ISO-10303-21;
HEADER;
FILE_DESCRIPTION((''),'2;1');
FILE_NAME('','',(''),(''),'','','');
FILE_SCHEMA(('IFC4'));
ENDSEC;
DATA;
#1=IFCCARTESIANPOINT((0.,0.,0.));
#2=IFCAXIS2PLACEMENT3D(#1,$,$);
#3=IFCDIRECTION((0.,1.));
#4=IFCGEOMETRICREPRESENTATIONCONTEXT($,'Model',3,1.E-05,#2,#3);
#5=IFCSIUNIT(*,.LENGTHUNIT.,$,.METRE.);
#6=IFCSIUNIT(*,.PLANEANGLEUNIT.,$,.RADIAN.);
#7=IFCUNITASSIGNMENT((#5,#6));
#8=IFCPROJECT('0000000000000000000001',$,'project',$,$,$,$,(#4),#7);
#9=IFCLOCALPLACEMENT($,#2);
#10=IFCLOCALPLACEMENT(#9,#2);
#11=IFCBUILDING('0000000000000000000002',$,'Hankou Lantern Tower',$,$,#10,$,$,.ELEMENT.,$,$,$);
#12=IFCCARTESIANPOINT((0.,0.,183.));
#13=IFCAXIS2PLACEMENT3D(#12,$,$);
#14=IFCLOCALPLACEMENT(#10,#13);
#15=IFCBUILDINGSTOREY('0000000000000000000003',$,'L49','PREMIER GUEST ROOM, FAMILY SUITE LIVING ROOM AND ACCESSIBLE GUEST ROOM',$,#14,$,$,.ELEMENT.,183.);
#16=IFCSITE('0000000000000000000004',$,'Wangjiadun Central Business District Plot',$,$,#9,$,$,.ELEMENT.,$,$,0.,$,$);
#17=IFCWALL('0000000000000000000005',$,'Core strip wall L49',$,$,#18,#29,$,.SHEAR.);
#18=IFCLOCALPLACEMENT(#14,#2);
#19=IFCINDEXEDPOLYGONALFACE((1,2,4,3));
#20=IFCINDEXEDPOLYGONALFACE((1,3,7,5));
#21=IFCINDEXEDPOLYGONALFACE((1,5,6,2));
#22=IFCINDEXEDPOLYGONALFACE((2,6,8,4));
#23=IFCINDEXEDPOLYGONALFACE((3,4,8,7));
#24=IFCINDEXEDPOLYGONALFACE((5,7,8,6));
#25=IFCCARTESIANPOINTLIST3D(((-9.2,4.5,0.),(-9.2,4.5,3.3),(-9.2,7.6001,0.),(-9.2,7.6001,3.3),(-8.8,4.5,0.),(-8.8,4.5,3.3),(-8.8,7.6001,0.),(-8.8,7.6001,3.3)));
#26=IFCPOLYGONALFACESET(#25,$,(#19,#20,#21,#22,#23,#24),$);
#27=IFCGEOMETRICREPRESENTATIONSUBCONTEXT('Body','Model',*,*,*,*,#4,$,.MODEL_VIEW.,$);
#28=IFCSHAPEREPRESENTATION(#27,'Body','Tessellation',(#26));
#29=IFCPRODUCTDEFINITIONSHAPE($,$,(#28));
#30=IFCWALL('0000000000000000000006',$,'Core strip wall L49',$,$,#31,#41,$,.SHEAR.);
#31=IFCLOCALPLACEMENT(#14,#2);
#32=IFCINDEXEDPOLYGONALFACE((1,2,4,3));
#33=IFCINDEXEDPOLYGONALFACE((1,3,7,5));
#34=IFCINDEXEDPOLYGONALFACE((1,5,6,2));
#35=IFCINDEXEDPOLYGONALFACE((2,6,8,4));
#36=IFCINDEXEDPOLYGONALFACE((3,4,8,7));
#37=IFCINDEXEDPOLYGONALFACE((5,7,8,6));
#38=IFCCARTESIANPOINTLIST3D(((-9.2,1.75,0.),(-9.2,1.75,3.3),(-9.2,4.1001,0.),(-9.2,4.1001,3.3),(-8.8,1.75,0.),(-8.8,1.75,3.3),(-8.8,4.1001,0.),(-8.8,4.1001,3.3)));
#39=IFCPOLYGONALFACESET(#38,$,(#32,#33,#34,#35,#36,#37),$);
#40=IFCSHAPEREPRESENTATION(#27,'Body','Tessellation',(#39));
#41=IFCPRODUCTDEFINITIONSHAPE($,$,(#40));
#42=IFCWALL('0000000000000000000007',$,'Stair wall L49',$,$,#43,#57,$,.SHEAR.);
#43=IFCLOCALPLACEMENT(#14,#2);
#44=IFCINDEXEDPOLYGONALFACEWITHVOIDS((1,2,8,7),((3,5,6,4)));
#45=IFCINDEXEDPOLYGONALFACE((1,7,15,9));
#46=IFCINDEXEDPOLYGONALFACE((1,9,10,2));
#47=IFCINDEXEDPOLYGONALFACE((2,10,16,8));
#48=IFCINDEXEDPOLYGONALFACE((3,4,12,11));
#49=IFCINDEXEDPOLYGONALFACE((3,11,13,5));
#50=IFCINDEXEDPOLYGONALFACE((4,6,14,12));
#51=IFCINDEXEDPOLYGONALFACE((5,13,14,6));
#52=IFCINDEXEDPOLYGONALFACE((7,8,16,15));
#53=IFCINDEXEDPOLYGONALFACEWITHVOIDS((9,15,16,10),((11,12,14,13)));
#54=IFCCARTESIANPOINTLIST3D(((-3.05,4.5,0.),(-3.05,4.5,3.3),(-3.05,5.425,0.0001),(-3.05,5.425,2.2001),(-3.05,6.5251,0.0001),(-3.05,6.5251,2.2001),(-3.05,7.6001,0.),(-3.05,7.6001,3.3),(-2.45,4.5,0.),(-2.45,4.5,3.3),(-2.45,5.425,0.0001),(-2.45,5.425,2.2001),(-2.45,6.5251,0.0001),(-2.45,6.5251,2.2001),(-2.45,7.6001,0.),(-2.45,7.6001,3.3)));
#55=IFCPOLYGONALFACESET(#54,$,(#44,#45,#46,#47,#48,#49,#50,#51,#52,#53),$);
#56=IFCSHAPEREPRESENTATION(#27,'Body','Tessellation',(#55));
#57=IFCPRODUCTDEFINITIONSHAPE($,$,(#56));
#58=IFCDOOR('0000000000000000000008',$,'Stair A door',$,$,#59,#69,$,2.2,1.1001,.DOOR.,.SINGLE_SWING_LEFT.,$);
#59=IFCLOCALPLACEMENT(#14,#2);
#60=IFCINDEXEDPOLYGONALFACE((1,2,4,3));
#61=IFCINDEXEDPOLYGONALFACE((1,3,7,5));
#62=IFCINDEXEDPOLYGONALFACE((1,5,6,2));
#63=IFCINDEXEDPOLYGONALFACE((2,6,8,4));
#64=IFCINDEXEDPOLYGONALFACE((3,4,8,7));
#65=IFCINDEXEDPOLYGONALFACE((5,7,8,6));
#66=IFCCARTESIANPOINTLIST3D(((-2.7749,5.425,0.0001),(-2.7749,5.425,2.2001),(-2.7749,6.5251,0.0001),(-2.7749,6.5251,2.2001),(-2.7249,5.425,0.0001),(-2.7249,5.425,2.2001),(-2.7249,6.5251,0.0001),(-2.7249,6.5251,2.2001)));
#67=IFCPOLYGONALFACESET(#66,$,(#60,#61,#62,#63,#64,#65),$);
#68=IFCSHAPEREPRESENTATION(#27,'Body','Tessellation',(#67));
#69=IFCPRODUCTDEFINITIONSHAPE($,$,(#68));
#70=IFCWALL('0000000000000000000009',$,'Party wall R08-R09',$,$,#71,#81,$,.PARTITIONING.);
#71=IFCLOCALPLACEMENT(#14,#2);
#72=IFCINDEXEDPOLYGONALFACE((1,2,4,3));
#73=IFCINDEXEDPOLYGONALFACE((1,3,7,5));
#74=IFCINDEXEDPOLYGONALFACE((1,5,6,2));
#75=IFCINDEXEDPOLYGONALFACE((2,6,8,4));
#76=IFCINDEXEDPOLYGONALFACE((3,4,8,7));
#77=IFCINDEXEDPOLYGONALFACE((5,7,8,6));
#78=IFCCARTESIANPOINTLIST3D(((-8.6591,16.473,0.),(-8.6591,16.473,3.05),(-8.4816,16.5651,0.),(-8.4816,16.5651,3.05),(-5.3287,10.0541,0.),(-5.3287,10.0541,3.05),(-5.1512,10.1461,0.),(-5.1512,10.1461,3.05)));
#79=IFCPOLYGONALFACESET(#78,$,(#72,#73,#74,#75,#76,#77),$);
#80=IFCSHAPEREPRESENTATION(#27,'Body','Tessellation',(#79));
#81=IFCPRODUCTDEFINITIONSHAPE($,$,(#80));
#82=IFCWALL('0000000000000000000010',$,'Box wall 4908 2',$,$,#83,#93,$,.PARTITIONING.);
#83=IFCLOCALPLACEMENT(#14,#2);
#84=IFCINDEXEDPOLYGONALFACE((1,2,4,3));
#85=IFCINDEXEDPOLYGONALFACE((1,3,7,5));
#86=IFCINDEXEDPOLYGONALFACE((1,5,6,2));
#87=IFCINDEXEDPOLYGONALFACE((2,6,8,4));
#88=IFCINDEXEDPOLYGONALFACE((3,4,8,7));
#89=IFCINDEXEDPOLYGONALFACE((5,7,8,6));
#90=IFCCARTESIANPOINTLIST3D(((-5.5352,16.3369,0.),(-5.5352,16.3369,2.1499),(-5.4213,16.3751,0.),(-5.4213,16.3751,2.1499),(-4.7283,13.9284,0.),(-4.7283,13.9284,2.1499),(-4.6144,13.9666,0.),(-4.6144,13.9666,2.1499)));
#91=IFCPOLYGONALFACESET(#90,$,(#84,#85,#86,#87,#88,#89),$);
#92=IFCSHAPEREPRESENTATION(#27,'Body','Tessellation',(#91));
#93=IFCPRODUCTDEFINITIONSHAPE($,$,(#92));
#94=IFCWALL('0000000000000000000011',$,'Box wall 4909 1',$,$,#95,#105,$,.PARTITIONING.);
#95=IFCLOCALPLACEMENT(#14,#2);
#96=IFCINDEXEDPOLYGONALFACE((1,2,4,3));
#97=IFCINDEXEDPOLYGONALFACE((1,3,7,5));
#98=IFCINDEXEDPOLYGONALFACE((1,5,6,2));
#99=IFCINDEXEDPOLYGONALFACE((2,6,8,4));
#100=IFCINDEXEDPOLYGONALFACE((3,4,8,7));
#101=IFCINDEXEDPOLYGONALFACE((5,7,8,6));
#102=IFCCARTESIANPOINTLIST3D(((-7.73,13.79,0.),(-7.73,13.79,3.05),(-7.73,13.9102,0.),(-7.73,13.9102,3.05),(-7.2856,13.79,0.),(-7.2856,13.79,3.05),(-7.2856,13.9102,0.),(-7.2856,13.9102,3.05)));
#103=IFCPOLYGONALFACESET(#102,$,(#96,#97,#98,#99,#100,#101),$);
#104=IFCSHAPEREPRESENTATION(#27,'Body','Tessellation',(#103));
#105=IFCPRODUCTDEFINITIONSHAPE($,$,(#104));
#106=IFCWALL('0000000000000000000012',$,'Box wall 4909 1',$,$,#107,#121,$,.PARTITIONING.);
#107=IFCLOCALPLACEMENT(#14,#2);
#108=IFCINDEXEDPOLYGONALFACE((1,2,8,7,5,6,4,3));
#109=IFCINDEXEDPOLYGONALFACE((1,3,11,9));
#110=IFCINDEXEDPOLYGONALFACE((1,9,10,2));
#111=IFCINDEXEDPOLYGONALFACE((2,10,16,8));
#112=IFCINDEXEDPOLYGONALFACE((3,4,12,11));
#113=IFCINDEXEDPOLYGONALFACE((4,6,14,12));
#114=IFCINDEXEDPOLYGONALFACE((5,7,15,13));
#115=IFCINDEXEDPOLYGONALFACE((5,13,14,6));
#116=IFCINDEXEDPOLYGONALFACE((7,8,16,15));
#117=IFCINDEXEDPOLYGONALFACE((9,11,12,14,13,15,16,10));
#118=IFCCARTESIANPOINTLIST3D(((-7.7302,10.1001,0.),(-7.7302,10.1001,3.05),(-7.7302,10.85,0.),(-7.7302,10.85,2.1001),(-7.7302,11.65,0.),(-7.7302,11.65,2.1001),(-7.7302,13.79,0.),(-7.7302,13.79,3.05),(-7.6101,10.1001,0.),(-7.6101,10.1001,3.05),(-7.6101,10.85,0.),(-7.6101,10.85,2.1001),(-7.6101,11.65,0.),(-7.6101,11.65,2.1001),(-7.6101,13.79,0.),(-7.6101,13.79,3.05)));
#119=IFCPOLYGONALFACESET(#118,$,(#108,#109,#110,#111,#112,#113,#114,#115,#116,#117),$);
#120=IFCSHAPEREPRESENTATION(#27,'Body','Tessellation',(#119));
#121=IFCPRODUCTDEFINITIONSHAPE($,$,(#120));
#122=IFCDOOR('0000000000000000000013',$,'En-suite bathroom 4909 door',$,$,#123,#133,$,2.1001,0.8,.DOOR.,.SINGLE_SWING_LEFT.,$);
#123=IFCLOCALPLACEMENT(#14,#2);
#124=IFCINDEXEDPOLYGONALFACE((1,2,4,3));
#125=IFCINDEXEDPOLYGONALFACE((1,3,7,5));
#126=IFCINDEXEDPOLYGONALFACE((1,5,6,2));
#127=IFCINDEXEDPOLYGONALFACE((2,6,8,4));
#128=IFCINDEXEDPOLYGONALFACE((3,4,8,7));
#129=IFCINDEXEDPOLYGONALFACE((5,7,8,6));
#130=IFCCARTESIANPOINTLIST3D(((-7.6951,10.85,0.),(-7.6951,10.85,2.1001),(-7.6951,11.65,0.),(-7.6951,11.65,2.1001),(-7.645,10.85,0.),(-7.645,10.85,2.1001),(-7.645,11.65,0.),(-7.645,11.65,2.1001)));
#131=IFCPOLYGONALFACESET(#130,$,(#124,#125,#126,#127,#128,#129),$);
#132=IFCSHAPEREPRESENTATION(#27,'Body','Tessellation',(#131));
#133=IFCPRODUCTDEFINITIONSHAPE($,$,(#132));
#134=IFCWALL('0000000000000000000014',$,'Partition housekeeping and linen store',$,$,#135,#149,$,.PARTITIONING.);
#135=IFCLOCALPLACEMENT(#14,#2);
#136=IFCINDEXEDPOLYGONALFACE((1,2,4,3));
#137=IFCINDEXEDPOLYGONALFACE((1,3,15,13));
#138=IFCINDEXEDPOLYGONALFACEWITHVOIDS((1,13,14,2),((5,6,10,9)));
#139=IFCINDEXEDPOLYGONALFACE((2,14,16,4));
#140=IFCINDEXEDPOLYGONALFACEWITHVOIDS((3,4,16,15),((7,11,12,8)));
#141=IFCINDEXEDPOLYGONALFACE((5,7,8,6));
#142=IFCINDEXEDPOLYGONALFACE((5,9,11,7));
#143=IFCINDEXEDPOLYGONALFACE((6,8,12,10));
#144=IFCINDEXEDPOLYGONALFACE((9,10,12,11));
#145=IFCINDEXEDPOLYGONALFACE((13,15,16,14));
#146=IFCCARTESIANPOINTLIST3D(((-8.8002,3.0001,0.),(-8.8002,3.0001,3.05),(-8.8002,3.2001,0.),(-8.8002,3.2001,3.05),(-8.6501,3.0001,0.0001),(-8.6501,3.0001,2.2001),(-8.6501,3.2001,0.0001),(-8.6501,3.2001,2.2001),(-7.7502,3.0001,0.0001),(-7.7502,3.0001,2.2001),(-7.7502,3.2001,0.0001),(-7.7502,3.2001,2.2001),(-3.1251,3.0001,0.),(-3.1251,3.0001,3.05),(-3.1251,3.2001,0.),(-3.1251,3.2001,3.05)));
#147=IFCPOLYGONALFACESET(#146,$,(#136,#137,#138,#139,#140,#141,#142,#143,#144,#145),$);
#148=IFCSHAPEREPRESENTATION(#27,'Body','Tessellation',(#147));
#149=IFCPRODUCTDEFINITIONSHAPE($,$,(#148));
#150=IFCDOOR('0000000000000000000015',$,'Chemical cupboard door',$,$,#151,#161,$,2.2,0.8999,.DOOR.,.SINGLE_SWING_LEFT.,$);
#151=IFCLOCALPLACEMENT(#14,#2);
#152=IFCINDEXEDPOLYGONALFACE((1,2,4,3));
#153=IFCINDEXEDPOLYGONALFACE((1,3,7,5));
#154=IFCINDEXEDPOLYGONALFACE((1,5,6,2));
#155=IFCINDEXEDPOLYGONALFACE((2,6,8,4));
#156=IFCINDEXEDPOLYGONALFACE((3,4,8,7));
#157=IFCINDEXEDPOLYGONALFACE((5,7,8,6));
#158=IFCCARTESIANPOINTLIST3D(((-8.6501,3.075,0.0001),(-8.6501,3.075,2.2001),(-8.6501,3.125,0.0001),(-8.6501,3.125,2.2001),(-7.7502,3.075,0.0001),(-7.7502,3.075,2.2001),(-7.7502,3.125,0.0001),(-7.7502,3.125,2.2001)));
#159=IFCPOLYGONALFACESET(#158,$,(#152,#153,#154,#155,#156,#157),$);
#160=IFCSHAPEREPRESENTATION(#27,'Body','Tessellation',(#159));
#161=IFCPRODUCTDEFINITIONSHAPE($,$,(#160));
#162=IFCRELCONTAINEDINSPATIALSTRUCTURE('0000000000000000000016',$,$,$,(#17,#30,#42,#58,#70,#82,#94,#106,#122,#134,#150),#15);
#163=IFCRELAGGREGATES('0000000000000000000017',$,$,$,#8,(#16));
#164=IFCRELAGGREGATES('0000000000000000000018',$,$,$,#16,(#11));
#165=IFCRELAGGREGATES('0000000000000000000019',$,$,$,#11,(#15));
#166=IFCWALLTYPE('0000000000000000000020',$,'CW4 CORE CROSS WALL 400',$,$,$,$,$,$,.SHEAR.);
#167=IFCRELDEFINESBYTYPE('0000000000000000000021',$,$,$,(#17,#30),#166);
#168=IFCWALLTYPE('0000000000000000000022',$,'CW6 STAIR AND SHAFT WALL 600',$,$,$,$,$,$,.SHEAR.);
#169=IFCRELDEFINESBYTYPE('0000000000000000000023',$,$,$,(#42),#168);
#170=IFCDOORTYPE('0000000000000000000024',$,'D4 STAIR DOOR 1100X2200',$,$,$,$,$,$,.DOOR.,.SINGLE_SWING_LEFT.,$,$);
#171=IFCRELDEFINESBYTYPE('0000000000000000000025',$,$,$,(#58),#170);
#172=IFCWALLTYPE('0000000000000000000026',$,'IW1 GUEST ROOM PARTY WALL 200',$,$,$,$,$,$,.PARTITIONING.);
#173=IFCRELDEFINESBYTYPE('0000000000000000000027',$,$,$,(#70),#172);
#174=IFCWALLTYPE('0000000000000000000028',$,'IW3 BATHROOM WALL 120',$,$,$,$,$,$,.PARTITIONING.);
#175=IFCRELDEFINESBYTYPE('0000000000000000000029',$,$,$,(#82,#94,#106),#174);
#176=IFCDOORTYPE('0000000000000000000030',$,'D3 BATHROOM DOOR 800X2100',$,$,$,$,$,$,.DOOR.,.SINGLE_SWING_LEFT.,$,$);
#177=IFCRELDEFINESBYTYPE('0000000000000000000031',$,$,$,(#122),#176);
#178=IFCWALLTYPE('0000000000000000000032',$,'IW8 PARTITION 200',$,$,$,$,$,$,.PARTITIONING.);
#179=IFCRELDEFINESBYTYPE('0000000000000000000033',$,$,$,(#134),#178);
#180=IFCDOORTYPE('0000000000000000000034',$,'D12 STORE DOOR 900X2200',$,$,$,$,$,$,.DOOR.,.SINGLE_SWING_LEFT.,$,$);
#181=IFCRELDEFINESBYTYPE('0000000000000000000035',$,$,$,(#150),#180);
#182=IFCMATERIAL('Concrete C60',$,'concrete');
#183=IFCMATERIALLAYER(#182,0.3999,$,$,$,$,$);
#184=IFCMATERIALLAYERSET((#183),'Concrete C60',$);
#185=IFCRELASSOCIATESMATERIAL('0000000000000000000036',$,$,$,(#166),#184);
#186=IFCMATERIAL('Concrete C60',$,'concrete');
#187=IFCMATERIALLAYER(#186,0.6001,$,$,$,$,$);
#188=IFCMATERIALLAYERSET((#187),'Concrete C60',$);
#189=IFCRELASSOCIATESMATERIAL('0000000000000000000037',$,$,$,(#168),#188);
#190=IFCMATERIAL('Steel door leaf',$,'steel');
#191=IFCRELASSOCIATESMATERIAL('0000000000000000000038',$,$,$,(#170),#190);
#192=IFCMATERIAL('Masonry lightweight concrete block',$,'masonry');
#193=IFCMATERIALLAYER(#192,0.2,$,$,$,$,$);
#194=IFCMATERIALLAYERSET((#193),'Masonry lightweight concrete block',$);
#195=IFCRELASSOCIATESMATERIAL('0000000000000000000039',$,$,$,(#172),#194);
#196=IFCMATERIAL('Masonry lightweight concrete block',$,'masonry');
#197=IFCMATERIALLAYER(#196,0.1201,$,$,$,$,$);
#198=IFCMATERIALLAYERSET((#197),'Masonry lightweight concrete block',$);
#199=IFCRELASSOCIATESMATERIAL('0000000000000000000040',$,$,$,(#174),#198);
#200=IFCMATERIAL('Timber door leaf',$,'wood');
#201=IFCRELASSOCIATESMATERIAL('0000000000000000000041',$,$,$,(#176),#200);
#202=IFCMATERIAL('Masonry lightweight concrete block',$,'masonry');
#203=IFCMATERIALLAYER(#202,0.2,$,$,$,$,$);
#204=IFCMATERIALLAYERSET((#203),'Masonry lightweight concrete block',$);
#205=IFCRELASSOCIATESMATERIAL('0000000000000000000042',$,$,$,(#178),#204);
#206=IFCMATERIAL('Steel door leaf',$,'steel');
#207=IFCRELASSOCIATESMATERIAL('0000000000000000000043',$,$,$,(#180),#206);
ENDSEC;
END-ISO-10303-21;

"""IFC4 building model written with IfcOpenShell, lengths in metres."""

from ifc_helpers import new_model, si_unit, direction, frame, frame_2d, origin, place, context, subcontext, project, spatial, rectangle, extrude, material, layer, layer_set, type_object, element, fill, save


model = new_model("IFC4")

# Units and contexts
model_context = context("Model", 3, precision=1e-05, world=origin(), true_north=direction((0.0, 1.0)))
body_context = subcontext(model_context, "Body", "Model", "MODEL_VIEW")
ifc_project = project(units=[si_unit("LENGTHUNIT", "METRE"), si_unit("PLANEANGLEUNIT", "RADIAN")], contexts=[model_context])

# Site, building, storey
site_placement = place(None, origin())
site = spatial("IfcSite", under=ifc_project, at=site_placement, Name="Wangjiadun Central Business District Plot", CompositionType="ELEMENT", RefElevation=0.0)
building_placement = place(site_placement, origin())
building = spatial("IfcBuilding", under=site, at=building_placement, Name="Hankou Lantern Tower", CompositionType="ELEMENT")
storey_placement = place(building_placement, frame((0.0, 0.0, 183.0)))
storey = spatial("IfcBuildingStorey", under=building, at=storey_placement, Name="L49", Description="PREMIER GUEST ROOM, FAMILY SUITE LIVING ROOM AND ACCESSIBLE GUEST ROOM", CompositionType="ELEMENT", Elevation=183.0)

# Walls
ifc_material_1 = material(Name="Concrete C60", Category="concrete")
ifc_layer_1 = layer(ifc_material_1, 0.3999)
ifc_layer_set_1 = layer_set([ifc_layer_1], Name="Concrete C60")
wall_type_1 = type_object("IfcWallType", Name="CW4 CORE CROSS WALL 400", PredefinedType="SHEAR", material=ifc_layer_set_1)
wall_1_placement = place(storey_placement, frame((-9.0, 4.5, 0.0), z_axis=(0.0, 0.0, 1.0), x_axis=(0.0, 1.0, 0.0)))
element("IfcWall", 1, at=wall_1_placement, inside=storey, type_object=wall_type_1, Name="Core strip wall L49", PredefinedType="SHEAR", context=body_context, shape_type="SweptSolid", body=[
    extrude(rectangle(XDim=3.1001, YDim=0.3999, at=frame_2d((1.55, 0.0))), origin(), (0.0, 0.0, 1.0), 3.3),
])
wall_2_placement = place(storey_placement, frame((-9.0, 1.75, 0.0), z_axis=(0.0, 0.0, 1.0), x_axis=(0.0, 1.0, 0.0)))
element("IfcWall", 2, at=wall_2_placement, inside=storey, type_object=wall_type_1, Name="Core strip wall L49", PredefinedType="SHEAR", context=body_context, shape_type="SweptSolid", body=[
    extrude(rectangle(XDim=2.3501, YDim=0.3999, at=frame_2d((1.175, 0.0))), origin(), (0.0, 0.0, 1.0), 3.3),
])

# Wall, opening, door
ifc_material_2 = material(Name="Concrete C60", Category="concrete")
ifc_layer_2 = layer(ifc_material_2, 0.6001)
ifc_layer_set_2 = layer_set([ifc_layer_2], Name="Concrete C60")
wall_type_2 = type_object("IfcWallType", Name="CW6 STAIR AND SHAFT WALL 600", PredefinedType="SHEAR", material=ifc_layer_set_2)
wall_3_placement = place(storey_placement, frame((-2.75, 4.5, 0.0), z_axis=(0.0, 0.0, 1.0), x_axis=(0.0, 1.0, 0.0)))
wall_3 = element("IfcWall", 3, at=wall_3_placement, inside=storey, type_object=wall_type_2, Name="Stair wall L49", PredefinedType="SHEAR", context=body_context, shape_type="SweptSolid", body=[
    extrude(rectangle(XDim=3.1001, YDim=0.6001, at=frame_2d((1.55, 0.0))), origin(), (0.0, 0.0, 1.0), 3.3),
])
opening_1_placement = place(wall_3_placement, frame((0.925, 0.0, 0.0)))
opening_1 = element("IfcOpeningElement", 4, at=opening_1_placement, cuts=wall_3, PredefinedType="OPENING", context=body_context, shape_type="SweptSolid", body=[
    extrude(rectangle(XDim=1.1001, YDim=2.2, at=frame_2d((0.55, 1.1001))), frame((0.0, 0.3101, 0.0), z_axis=(0.0, -1.0, 0.0), x_axis=(1.0, 0.0, 0.0)), (0.0, 0.0, 1.0), 0.6201),
])
ifc_material_3 = material(Name="Steel door leaf", Category="steel")
door_type_1 = type_object("IfcDoorType", Name="D4 STAIR DOOR 1100X2200", OperationType="SINGLE_SWING_LEFT", PredefinedType="DOOR", material=ifc_material_3)
door_1_placement = place(opening_1_placement, origin())
door_1 = element("IfcDoor", 5, at=door_1_placement, inside=storey, type_object=door_type_1, Name="Stair A door", OperationType="SINGLE_SWING_LEFT", OverallHeight=2.2, OverallWidth=1.1001, PredefinedType="DOOR", context=body_context, shape_type="SweptSolid", body=[
    extrude(rectangle(XDim=1.1001, YDim=2.2, at=frame_2d((0.55, 1.1001))), frame((0.0, 0.0249, 0.0), z_axis=(0.0, -1.0, 0.0), x_axis=(1.0, 0.0, 0.0)), (0.0, 0.0, 1.0), 0.05),
])
fill(opening_1, door_1)

# Walls
ifc_material_4 = material(Name="Masonry lightweight concrete block", Category="masonry")
ifc_layer_3 = layer(ifc_material_4, 0.2)
ifc_layer_set_3 = layer_set([ifc_layer_3], Name="Masonry lightweight concrete block")
wall_type_3 = type_object("IfcWallType", Name="IW1 GUEST ROOM PARTY WALL 200", PredefinedType="PARTITIONING", material=ifc_layer_set_3)
wall_4_placement = place(storey_placement, frame((-5.24, 10.1001, 0.0), z_axis=(0.0, 0.0, 1.0), x_axis=(-0.460533, 0.887643, 0.0)))
element("IfcWall", 6, at=wall_4_placement, inside=storey, type_object=wall_type_3, Name="Party wall R08-R09", PredefinedType="PARTITIONING", context=body_context, shape_type="SweptSolid", body=[
    extrude(rectangle(XDim=7.2314, YDim=0.2, at=frame_2d((3.6157, 0.0))), origin(), (0.0, 0.0, 1.0), 3.05),
])
ifc_material_5 = material(Name="Masonry lightweight concrete block", Category="masonry")
ifc_layer_4 = layer(ifc_material_5, 0.1201)
ifc_layer_set_4 = layer_set([ifc_layer_4], Name="Masonry lightweight concrete block")
wall_type_4 = type_object("IfcWallType", Name="IW3 BATHROOM WALL 120", PredefinedType="PARTITIONING", material=ifc_layer_set_4)
wall_5_placement = place(storey_placement, frame((-4.6714, 13.9475, 0.0), z_axis=(0.0, 0.0, 1.0), x_axis=(-0.317669, 0.948202, 0.0)))
element("IfcWall", 7, at=wall_5_placement, inside=storey, type_object=wall_type_4, Name="Box wall 4908 2", PredefinedType="PARTITIONING", context=body_context, shape_type="SweptSolid", body=[
    extrude(rectangle(XDim=2.54, YDim=0.1201, at=frame_2d((1.27, 0.0))), origin(), (0.0, 0.0, 1.0), 2.1499),
])
wall_6_placement = place(storey_placement, frame((-7.2856, 13.8501, 0.0), z_axis=(0.0, 0.0, 1.0), x_axis=(-1.0, 0.0, 0.0)))
element("IfcWall", 8, at=wall_6_placement, inside=storey, type_object=wall_type_4, Name="Box wall 4909 1", PredefinedType="PARTITIONING", context=body_context, shape_type="SweptSolid", body=[
    extrude(rectangle(XDim=0.4443, YDim=0.1201, at=frame_2d((0.2222, 0.0))), origin(), (0.0, 0.0, 1.0), 3.05),
])

# Walls, openings, doors
wall_7_placement = place(storey_placement, frame((-7.6702, 10.1001, 0.0), z_axis=(0.0, 0.0, 1.0), x_axis=(0.0, 1.0, 0.0)))
wall_7 = element("IfcWall", 9, at=wall_7_placement, inside=storey, type_object=wall_type_4, Name="Box wall 4909 1", PredefinedType="PARTITIONING", context=body_context, shape_type="SweptSolid", body=[
    extrude(rectangle(XDim=3.6899, YDim=0.1201, at=frame_2d((1.845, 0.0))), origin(), (0.0, 0.0, 1.0), 3.05),
])
opening_2_placement = place(wall_7_placement, frame((0.75, 0.0, 0.0)))
opening_2 = element("IfcOpeningElement", 10, at=opening_2_placement, cuts=wall_7, PredefinedType="OPENING", context=body_context, shape_type="SweptSolid", body=[
    extrude(rectangle(XDim=0.8, YDim=2.1001, at=frame_2d((0.3999, 1.05))), frame((0.0, 0.0701, 0.0), z_axis=(0.0, -1.0, 0.0), x_axis=(1.0, 0.0, 0.0)), (0.0, 0.0, 1.0), 0.1401),
])
ifc_material_6 = material(Name="Timber door leaf", Category="wood")
door_type_2 = type_object("IfcDoorType", Name="D3 BATHROOM DOOR 800X2100", OperationType="SINGLE_SWING_LEFT", PredefinedType="DOOR", material=ifc_material_6)
door_2_placement = place(opening_2_placement, origin())
door_2 = element("IfcDoor", 11, at=door_2_placement, inside=storey, type_object=door_type_2, Name="En-suite bathroom 4909 door", OperationType="SINGLE_SWING_LEFT", OverallHeight=2.1001, OverallWidth=0.8, PredefinedType="DOOR", context=body_context, shape_type="SweptSolid", body=[
    extrude(rectangle(XDim=0.8, YDim=2.1001, at=frame_2d((0.3999, 1.05))), frame((0.0, 0.0249, 0.0), z_axis=(0.0, -1.0, 0.0), x_axis=(1.0, 0.0, 0.0)), (0.0, 0.0, 1.0), 0.05),
])
fill(opening_2, door_2)
ifc_material_7 = material(Name="Masonry lightweight concrete block", Category="masonry")
ifc_layer_5 = layer(ifc_material_7, 0.2)
ifc_layer_set_5 = layer_set([ifc_layer_5], Name="Masonry lightweight concrete block")
wall_type_5 = type_object("IfcWallType", Name="IW8 PARTITION 200", PredefinedType="PARTITIONING", material=ifc_layer_set_5)
wall_8_placement = place(storey_placement, frame((-8.8, 3.1001, 0.0), z_axis=(0.0, 0.0, 1.0), x_axis=(1.0, 0.0, 0.0)))
wall_8 = element("IfcWall", 12, at=wall_8_placement, inside=storey, type_object=wall_type_5, Name="Partition housekeeping and linen store", PredefinedType="PARTITIONING", context=body_context, shape_type="SweptSolid", body=[
    extrude(rectangle(XDim=5.675, YDim=0.2, at=frame_2d((2.8374, 0.0))), origin(), (0.0, 0.0, 1.0), 3.05),
])
opening_3_placement = place(wall_8_placement, frame((0.1499, 0.0, 0.0)))
opening_3 = element("IfcOpeningElement", 13, at=opening_3_placement, cuts=wall_8, PredefinedType="OPENING", context=body_context, shape_type="SweptSolid", body=[
    extrude(rectangle(XDim=0.8999, YDim=2.2, at=frame_2d((0.45, 1.1001))), frame((0.0, 0.1099, 0.0), z_axis=(0.0, -1.0, 0.0), x_axis=(1.0, 0.0, 0.0)), (0.0, 0.0, 1.0), 0.22),
])
ifc_material_8 = material(Name="Steel door leaf", Category="steel")
door_type_3 = type_object("IfcDoorType", Name="D12 STORE DOOR 900X2200", OperationType="SINGLE_SWING_LEFT", PredefinedType="DOOR", material=ifc_material_8)
door_3_placement = place(opening_3_placement, origin())
door_3 = element("IfcDoor", 14, at=door_3_placement, inside=storey, type_object=door_type_3, Name="Chemical cupboard door", OperationType="SINGLE_SWING_LEFT", OverallHeight=2.2, OverallWidth=0.8999, PredefinedType="DOOR", context=body_context, shape_type="SweptSolid", body=[
    extrude(rectangle(XDim=0.8999, YDim=2.2, at=frame_2d((0.45, 1.1001))), frame((0.0, 0.0249, 0.0), z_axis=(0.0, -1.0, 0.0), x_axis=(1.0, 0.0, 0.0)), (0.0, 0.0, 1.0), 0.05),
])
fill(opening_3, door_3)

save(model, "model.ifc")
